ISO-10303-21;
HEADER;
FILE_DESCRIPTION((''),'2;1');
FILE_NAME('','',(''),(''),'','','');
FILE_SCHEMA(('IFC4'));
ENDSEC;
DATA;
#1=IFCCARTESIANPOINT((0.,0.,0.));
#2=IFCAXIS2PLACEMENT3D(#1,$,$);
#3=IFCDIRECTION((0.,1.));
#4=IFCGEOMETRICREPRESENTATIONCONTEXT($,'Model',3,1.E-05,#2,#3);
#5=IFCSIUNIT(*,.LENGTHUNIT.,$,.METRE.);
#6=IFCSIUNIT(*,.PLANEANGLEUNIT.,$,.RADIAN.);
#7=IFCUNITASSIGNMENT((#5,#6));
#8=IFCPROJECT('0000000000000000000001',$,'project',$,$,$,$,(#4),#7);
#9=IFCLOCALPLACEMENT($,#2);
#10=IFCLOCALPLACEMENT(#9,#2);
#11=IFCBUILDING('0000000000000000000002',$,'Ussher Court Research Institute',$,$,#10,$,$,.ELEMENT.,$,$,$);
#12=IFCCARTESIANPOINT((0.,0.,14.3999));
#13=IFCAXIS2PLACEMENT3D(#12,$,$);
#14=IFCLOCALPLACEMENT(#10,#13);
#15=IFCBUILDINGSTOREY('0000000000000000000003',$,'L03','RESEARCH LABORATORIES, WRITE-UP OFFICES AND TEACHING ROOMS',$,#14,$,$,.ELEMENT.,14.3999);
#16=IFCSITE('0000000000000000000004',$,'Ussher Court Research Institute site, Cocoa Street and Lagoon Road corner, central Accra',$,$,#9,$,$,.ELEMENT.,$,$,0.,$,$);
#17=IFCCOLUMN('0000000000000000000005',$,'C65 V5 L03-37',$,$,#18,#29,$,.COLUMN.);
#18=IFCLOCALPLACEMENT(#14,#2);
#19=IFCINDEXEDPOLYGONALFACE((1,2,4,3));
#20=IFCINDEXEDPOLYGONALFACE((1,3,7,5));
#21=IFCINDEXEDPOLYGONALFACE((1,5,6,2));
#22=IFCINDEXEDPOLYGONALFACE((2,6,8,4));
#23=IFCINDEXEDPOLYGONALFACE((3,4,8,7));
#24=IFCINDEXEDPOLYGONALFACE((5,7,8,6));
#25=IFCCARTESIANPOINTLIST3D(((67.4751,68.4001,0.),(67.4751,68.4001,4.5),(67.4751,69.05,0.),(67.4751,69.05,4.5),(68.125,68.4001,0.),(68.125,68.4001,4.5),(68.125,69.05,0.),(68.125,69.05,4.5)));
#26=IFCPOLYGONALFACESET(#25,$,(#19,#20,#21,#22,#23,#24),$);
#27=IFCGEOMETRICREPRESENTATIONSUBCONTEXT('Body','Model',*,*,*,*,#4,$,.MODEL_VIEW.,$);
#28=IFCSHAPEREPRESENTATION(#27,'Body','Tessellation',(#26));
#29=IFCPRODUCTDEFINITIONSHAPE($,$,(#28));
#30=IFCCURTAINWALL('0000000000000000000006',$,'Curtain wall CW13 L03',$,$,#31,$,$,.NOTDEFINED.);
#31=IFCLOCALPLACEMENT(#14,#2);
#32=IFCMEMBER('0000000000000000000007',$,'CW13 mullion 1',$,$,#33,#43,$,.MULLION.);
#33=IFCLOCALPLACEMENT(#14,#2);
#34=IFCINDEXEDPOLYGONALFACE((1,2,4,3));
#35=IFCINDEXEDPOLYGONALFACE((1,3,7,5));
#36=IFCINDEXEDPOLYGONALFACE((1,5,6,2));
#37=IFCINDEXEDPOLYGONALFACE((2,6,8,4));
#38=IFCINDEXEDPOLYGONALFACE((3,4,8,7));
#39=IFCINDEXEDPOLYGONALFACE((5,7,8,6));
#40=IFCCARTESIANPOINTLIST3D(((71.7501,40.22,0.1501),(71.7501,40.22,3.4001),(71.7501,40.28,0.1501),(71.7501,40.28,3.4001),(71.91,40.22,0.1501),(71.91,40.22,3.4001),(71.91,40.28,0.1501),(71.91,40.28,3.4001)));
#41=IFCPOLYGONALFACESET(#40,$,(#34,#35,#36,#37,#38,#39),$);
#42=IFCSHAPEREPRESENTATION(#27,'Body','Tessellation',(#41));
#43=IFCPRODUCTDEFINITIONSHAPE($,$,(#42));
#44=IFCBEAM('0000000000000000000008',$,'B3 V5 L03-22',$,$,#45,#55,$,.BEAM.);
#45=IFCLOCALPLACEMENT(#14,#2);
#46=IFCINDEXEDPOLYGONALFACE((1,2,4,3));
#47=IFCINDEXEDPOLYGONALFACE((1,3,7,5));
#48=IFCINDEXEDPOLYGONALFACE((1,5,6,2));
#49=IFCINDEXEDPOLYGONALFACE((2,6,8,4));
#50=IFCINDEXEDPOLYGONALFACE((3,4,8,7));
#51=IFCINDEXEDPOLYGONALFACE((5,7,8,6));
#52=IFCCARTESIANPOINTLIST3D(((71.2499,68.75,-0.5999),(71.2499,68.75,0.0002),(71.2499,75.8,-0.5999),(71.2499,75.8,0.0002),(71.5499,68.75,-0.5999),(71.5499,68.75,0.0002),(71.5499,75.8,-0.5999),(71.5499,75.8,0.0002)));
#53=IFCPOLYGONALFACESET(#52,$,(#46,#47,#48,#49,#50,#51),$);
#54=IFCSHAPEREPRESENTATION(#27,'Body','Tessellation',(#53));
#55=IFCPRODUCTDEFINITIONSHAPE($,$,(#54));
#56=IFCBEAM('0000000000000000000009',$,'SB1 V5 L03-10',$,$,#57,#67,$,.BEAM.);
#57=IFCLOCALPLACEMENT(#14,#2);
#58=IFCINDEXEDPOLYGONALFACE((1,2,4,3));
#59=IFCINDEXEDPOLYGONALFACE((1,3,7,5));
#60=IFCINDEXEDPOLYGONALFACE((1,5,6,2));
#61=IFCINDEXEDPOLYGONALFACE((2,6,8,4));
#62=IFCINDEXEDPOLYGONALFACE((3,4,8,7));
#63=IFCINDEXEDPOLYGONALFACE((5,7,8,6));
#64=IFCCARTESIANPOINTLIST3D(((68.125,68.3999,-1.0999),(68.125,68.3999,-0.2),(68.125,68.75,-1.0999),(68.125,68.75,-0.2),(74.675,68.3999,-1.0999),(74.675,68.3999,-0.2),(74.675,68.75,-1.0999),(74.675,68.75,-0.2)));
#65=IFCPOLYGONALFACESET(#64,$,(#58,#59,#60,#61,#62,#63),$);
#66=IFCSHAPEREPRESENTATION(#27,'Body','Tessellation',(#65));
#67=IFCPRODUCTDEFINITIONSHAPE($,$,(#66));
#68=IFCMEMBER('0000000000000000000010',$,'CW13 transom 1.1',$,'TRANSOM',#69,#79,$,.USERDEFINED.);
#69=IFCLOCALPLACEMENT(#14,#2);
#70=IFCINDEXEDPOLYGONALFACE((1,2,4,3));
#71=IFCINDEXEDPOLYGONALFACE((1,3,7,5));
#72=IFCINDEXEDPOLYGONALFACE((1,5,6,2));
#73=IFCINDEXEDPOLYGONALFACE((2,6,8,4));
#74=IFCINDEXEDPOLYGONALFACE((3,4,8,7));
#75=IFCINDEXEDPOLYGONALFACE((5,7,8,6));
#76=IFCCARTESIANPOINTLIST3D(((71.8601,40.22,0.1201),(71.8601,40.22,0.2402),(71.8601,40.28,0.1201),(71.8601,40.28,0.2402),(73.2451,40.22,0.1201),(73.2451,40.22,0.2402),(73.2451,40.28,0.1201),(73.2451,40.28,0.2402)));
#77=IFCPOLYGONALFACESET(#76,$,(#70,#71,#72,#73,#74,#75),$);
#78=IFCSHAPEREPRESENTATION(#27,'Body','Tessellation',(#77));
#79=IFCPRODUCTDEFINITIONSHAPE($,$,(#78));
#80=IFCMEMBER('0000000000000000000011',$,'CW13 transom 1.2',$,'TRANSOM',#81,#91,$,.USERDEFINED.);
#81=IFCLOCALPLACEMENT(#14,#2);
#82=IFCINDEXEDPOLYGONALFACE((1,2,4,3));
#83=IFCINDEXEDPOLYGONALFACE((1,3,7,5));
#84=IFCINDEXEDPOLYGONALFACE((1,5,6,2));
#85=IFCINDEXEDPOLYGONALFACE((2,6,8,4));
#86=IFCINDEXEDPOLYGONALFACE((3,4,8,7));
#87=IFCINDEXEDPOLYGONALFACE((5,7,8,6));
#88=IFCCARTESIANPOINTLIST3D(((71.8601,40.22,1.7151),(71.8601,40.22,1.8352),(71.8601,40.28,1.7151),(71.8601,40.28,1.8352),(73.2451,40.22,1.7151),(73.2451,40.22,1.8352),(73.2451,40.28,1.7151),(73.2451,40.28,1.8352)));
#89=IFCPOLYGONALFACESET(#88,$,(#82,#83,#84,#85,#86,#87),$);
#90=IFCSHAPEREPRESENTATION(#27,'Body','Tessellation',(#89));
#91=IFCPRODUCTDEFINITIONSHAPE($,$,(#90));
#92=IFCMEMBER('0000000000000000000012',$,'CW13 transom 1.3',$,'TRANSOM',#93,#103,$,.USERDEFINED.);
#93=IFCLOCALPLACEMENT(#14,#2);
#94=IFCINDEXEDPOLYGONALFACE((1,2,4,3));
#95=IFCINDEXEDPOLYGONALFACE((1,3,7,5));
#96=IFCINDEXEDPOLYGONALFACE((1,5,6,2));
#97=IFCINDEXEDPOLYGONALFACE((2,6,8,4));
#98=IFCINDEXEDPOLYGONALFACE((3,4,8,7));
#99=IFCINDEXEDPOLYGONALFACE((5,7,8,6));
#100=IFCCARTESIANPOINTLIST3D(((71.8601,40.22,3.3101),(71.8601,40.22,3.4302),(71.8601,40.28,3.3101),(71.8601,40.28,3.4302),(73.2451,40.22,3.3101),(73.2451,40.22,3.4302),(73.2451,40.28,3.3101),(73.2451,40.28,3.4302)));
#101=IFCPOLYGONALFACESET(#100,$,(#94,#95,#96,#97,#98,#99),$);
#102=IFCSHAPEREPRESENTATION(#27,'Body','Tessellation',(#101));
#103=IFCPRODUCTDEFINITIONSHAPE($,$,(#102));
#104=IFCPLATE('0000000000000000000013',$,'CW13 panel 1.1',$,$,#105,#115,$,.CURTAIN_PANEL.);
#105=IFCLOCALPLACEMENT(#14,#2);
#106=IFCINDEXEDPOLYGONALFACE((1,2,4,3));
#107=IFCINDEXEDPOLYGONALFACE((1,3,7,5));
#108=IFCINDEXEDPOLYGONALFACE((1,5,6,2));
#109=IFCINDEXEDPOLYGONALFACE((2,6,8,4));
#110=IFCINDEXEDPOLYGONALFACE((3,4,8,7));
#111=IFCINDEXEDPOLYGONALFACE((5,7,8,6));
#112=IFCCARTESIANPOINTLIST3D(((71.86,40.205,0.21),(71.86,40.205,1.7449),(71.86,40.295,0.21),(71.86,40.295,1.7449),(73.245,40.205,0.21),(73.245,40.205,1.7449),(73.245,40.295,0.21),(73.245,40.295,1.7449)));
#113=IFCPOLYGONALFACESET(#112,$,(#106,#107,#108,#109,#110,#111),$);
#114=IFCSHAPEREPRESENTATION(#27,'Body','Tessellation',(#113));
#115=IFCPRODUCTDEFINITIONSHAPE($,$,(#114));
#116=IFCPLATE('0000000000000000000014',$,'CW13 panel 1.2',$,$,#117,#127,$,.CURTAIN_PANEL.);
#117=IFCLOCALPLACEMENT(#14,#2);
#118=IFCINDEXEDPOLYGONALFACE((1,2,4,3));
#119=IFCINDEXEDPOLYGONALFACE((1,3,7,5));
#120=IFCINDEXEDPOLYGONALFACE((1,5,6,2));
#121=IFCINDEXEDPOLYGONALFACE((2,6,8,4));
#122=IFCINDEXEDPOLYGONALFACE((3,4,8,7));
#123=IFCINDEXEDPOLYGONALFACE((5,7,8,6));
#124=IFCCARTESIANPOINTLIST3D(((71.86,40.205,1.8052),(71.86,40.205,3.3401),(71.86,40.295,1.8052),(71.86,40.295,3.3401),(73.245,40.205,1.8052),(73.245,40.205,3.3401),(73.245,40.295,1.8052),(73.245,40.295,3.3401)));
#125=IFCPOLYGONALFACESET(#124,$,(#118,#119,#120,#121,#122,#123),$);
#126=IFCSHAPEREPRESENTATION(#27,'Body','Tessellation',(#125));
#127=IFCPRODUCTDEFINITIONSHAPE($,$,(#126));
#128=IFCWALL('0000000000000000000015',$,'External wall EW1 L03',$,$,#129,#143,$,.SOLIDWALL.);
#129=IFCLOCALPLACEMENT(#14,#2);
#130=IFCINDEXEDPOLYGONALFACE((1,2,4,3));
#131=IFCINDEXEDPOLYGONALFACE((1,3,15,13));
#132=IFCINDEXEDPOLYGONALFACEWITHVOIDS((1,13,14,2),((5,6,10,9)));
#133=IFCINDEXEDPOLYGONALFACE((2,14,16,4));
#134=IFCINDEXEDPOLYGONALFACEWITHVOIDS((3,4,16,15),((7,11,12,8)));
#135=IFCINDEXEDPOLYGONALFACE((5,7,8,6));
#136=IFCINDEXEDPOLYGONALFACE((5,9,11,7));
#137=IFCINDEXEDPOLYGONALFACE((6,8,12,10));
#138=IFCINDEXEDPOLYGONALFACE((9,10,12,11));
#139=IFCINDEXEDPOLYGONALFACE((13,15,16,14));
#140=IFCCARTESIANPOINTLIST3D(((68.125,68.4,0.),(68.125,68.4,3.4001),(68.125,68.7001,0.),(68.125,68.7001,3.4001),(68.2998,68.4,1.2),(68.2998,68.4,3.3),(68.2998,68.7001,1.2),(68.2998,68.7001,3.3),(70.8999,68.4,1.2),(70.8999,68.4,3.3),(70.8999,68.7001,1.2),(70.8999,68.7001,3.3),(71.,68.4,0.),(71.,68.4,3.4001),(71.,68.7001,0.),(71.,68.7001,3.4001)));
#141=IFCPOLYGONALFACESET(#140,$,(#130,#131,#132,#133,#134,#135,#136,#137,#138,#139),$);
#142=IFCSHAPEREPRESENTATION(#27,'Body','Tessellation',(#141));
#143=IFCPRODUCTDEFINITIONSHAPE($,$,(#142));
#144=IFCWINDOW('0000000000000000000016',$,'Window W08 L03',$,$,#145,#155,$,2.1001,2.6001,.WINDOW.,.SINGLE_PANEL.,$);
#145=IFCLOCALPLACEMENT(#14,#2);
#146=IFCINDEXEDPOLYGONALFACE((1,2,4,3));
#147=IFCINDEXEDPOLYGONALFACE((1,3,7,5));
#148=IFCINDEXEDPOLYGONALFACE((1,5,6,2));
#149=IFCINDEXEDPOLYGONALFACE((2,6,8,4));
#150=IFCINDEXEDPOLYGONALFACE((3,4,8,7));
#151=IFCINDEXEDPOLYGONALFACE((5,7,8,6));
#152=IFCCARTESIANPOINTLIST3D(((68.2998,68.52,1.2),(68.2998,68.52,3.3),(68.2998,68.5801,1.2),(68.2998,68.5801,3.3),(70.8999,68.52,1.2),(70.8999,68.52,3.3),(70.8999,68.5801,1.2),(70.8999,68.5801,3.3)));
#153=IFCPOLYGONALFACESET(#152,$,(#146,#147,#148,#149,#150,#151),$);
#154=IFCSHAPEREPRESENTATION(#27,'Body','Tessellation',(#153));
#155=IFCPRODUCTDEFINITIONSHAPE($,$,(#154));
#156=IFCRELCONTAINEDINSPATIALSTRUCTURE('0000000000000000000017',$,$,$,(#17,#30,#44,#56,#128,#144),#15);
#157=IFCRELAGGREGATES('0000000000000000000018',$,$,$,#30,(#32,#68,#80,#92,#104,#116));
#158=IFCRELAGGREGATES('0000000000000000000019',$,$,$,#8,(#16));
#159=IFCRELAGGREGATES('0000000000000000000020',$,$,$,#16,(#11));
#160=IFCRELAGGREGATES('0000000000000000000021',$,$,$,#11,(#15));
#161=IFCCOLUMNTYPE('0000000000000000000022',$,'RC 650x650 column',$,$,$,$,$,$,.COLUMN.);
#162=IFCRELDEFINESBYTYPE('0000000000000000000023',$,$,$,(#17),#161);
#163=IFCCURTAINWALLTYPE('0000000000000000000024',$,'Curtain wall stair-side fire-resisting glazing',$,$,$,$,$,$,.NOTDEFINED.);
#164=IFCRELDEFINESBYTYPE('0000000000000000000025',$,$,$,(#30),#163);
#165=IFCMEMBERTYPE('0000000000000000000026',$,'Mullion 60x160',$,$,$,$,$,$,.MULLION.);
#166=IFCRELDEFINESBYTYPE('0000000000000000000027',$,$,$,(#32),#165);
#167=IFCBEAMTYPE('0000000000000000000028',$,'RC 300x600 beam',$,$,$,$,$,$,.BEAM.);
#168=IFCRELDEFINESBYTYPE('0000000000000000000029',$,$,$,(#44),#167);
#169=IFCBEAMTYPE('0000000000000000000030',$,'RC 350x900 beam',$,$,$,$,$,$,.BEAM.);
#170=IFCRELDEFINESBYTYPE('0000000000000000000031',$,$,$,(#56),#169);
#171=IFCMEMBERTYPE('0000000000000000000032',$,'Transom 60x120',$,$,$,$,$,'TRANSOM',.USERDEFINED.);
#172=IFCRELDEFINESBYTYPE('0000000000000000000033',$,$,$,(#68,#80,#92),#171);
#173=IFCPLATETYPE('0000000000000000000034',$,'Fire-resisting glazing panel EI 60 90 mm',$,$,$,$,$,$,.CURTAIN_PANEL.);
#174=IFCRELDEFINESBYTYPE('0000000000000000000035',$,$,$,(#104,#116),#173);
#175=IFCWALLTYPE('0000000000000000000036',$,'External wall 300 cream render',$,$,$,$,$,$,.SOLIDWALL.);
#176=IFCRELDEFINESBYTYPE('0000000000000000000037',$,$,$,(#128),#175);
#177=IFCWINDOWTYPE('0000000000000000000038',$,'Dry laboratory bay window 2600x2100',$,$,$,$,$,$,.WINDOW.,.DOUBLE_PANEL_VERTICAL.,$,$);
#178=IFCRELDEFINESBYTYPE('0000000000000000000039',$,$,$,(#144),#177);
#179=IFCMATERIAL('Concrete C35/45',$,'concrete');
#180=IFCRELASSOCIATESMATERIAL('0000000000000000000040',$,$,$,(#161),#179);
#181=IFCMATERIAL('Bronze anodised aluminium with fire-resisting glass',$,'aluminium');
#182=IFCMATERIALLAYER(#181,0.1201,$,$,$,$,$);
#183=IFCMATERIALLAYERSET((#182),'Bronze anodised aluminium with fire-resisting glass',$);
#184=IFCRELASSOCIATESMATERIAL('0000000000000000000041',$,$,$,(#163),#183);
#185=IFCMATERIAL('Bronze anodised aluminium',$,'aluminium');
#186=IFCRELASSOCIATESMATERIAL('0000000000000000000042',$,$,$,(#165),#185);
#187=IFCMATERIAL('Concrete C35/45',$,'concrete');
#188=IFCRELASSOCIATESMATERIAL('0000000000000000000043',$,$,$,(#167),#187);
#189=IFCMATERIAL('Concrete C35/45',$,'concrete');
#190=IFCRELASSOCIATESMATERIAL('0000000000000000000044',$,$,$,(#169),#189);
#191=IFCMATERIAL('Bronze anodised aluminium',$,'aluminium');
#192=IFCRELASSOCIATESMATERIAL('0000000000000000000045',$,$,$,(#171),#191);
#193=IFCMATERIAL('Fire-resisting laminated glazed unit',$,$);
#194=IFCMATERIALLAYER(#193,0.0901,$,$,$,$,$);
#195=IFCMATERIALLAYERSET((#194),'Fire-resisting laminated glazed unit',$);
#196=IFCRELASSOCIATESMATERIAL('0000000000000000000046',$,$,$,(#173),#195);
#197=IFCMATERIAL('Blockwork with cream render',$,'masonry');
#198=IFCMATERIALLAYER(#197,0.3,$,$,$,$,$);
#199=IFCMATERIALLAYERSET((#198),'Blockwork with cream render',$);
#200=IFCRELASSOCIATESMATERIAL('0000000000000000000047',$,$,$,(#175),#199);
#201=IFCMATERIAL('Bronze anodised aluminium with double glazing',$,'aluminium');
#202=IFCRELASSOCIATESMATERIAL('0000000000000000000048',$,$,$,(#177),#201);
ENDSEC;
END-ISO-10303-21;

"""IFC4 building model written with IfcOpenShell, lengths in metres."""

from ifc_helpers import new_model, si_unit, direction, frame, frame_2d, origin, origin_2d, place, context, subcontext, project, spatial, rectangle, extrude, material, layer, layer_set, material_profile, profile_set, type_object, element, fill, aggregate, save


model = new_model("IFC4")

# Units and contexts
model_context = context("Model", 3, precision=1e-05, world=origin(), true_north=direction((0.0, 1.0)))
body_context = subcontext(model_context, "Body", "Model", "MODEL_VIEW")
ifc_project = project(units=[si_unit("LENGTHUNIT", "METRE"), si_unit("PLANEANGLEUNIT", "RADIAN")], contexts=[model_context])

# Site, building, storey
site_placement = place(None, origin())
site = spatial("IfcSite", under=ifc_project, at=site_placement, Name="Ussher Court Research Institute site, Cocoa Street and Lagoon Road corner, central Accra", CompositionType="ELEMENT", RefElevation=0.0)
building_placement = place(site_placement, origin())
building = spatial("IfcBuilding", under=site, at=building_placement, Name="Ussher Court Research Institute", CompositionType="ELEMENT")
storey_placement = place(building_placement, frame((0.0, 0.0, 14.3999)))
storey = spatial("IfcBuildingStorey", under=building, at=storey_placement, Name="L03", Description="RESEARCH LABORATORIES, WRITE-UP OFFICES AND TEACHING ROOMS", CompositionType="ELEMENT", Elevation=14.3999)

# Column
ifc_material_1 = material(Name="Concrete C35/45", Category="concrete")
ifc_material_profile_1 = material_profile(ifc_material_1, rectangle(XDim=0.6499, YDim=0.6499, at=origin_2d()), Name="RC 650x650")
ifc_profile_set_1 = profile_set([ifc_material_profile_1], Name="Concrete C35/45")
column_type = type_object("IfcColumnType", Name="RC 650x650 column", PredefinedType="COLUMN", material=ifc_profile_set_1)
column_placement = place(storey_placement, frame((67.8, 68.7251, 0.0), z_axis=(0.0, 0.0, 1.0), x_axis=(1.0, 0.0, 0.0)))
element("IfcColumn", 1, at=column_placement, inside=storey, type_object=column_type, Name="C65 V5 L03-37", PredefinedType="COLUMN", context=body_context, shape_type="SweptSolid", body=[
    extrude(rectangle(XDim=0.6499, YDim=0.6499, at=origin_2d()), origin(), (0.0, 0.0, 1.0), 4.5),
])

# Curtain wall, member
ifc_material_2 = material(Name="Bronze anodised aluminium with fire-resisting glass", Category="aluminium")
ifc_layer_1 = layer(ifc_material_2, 0.1201)
ifc_layer_set_1 = layer_set([ifc_layer_1], Name="Bronze anodised aluminium with fire-resisting glass")
curtain_wall_type = type_object("IfcCurtainWallType", Name="Curtain wall stair-side fire-resisting glazing", PredefinedType="NOTDEFINED", material=ifc_layer_set_1)
curtain_wall_placement = place(storey_placement, origin())
curtain_wall = element("IfcCurtainWall", 2, at=curtain_wall_placement, inside=storey, type_object=curtain_wall_type, Name="Curtain wall CW13 L03", PredefinedType="NOTDEFINED")
ifc_material_3 = material(Name="Bronze anodised aluminium", Category="aluminium")
ifc_material_profile_2 = material_profile(ifc_material_3, rectangle(XDim=0.0601, YDim=0.1599, at=origin_2d()), Name="Mullion 60x160")
ifc_profile_set_2 = profile_set([ifc_material_profile_2], Name="Bronze anodised aluminium")
member_type_1 = type_object("IfcMemberType", Name="Mullion 60x160", PredefinedType="MULLION", material=ifc_profile_set_2)
member_1_placement = place(storey_placement, frame((71.8301, 40.25, 0.1501), z_axis=(0.0, 0.0, 1.0), x_axis=(0.0, 1.0, 0.0)))
member_1 = element("IfcMember", 3, at=member_1_placement, type_object=member_type_1, Name="CW13 mullion 1", PredefinedType="MULLION", context=body_context, shape_type="SweptSolid", body=[
    extrude(rectangle(XDim=0.0601, YDim=0.1599, at=origin_2d()), origin(), (0.0, 0.0, 1.0), 3.25),
])

# Beams
ifc_material_4 = material(Name="Concrete C35/45", Category="concrete")
ifc_material_profile_3 = material_profile(ifc_material_4, rectangle(XDim=0.3, YDim=0.6001, at=origin_2d()), Name="RC 300x600")
ifc_profile_set_3 = profile_set([ifc_material_profile_3], Name="Concrete C35/45")
beam_type_1 = type_object("IfcBeamType", Name="RC 300x600 beam", PredefinedType="BEAM", material=ifc_profile_set_3)
beam_1_placement = place(storey_placement, frame((71.3999, 68.75, -0.2998), z_axis=(0.0, 1.0, 0.0), x_axis=(-1.0, 0.0, 0.0)))
element("IfcBeam", 4, at=beam_1_placement, inside=storey, type_object=beam_type_1, Name="B3 V5 L03-22", PredefinedType="BEAM", context=body_context, shape_type="SweptSolid", body=[
    extrude(rectangle(XDim=0.3, YDim=0.6001, at=origin_2d()), origin(), (0.0, 0.0, 1.0), 7.05),
])
ifc_material_5 = material(Name="Concrete C35/45", Category="concrete")
ifc_material_profile_4 = material_profile(ifc_material_5, rectangle(XDim=0.3501, YDim=0.8999, at=origin_2d()), Name="RC 350x900")
ifc_profile_set_4 = profile_set([ifc_material_profile_4], Name="Concrete C35/45")
beam_type_2 = type_object("IfcBeamType", Name="RC 350x900 beam", PredefinedType="BEAM", material=ifc_profile_set_4)
beam_2_placement = place(storey_placement, frame((68.125, 68.575, -0.6499), z_axis=(1.0, 0.0, 0.0), x_axis=(0.0, 1.0, 0.0)))
element("IfcBeam", 5, at=beam_2_placement, inside=storey, type_object=beam_type_2, Name="SB1 V5 L03-10", PredefinedType="BEAM", context=body_context, shape_type="SweptSolid", body=[
    extrude(rectangle(XDim=0.3501, YDim=0.8999, at=origin_2d()), origin(), (0.0, 0.0, 1.0), 6.55),
])

# Members
ifc_material_6 = material(Name="Bronze anodised aluminium", Category="aluminium")
ifc_material_profile_5 = material_profile(ifc_material_6, rectangle(XDim=0.0601, YDim=0.1201, at=origin_2d()), Name="Transom 60x120")
ifc_profile_set_5 = profile_set([ifc_material_profile_5], Name="Bronze anodised aluminium")
member_type_2 = type_object("IfcMemberType", Name="Transom 60x120", ElementType="TRANSOM", PredefinedType="USERDEFINED", material=ifc_profile_set_5)
member_2_placement = place(storey_placement, frame((71.8601, 40.25, 0.1802), z_axis=(1.0, 0.0, 0.0), x_axis=(0.0, 1.0, 0.0)))
member_2 = element("IfcMember", 6, at=member_2_placement, type_object=member_type_2, Name="CW13 transom 1.1", ObjectType="TRANSOM", PredefinedType="USERDEFINED", context=body_context, shape_type="SweptSolid", body=[
    extrude(rectangle(XDim=0.0601, YDim=0.1201, at=origin_2d()), origin(), (0.0, 0.0, 1.0), 1.385),
])
member_3_placement = place(storey_placement, frame((71.8601, 40.25, 1.7751), z_axis=(1.0, 0.0, 0.0), x_axis=(0.0, 1.0, 0.0)))
member_3 = element("IfcMember", 7, at=member_3_placement, type_object=member_type_2, Name="CW13 transom 1.2", ObjectType="TRANSOM", PredefinedType="USERDEFINED", context=body_context, shape_type="SweptSolid", body=[
    extrude(rectangle(XDim=0.0601, YDim=0.1201, at=origin_2d()), origin(), (0.0, 0.0, 1.0), 1.385),
])
member_4_placement = place(storey_placement, frame((71.8601, 40.25, 3.3701), z_axis=(1.0, 0.0, 0.0), x_axis=(0.0, 1.0, 0.0)))
member_4 = element("IfcMember", 8, at=member_4_placement, type_object=member_type_2, Name="CW13 transom 1.3", ObjectType="TRANSOM", PredefinedType="USERDEFINED", context=body_context, shape_type="SweptSolid", body=[
    extrude(rectangle(XDim=0.0601, YDim=0.1201, at=origin_2d()), origin(), (0.0, 0.0, 1.0), 1.385),
])

# Plates
ifc_material_7 = material(Name="Fire-resisting laminated glazed unit")
ifc_layer_2 = layer(ifc_material_7, 0.0901)
ifc_layer_set_2 = layer_set([ifc_layer_2], Name="Fire-resisting laminated glazed unit")
plate_type = type_object("IfcPlateType", Name="Fire-resisting glazing panel EI 60 90 mm", PredefinedType="CURTAIN_PANEL", material=ifc_layer_set_2)
plate_1_placement = place(storey_placement, frame((72.5525, 40.25, 0.21), z_axis=(0.0, 0.0, 1.0), x_axis=(1.0, 0.0, 0.0)))
plate_1 = element("IfcPlate", 9, at=plate_1_placement, type_object=plate_type, Name="CW13 panel 1.1", PredefinedType="CURTAIN_PANEL", context=body_context, shape_type="SweptSolid", body=[
    extrude(rectangle(XDim=1.385, YDim=0.0901, at=origin_2d()), origin(), (0.0, 0.0, 1.0), 1.5349),
])
plate_2_placement = place(storey_placement, frame((72.5525, 40.25, 1.8052), z_axis=(0.0, 0.0, 1.0), x_axis=(1.0, 0.0, 0.0)))
plate_2 = element("IfcPlate", 10, at=plate_2_placement, type_object=plate_type, Name="CW13 panel 1.2", PredefinedType="CURTAIN_PANEL", context=body_context, shape_type="SweptSolid", body=[
    extrude(rectangle(XDim=1.385, YDim=0.0901, at=origin_2d()), origin(), (0.0, 0.0, 1.0), 1.5349),
])
aggregate(curtain_wall, [member_1, member_2, member_3, member_4, plate_1, plate_2])

# Wall, opening, window
ifc_material_8 = material(Name="Blockwork with cream render", Category="masonry")
ifc_layer_3 = layer(ifc_material_8, 0.3)
ifc_layer_set_3 = layer_set([ifc_layer_3], Name="Blockwork with cream render")
wall_type_1 = type_object("IfcWallType", Name="External wall 300 cream render", PredefinedType="SOLIDWALL", material=ifc_layer_set_3)
wall_1_placement = place(storey_placement, frame((71.0, 68.55, 0.0), z_axis=(0.0, 0.0, 1.0), x_axis=(-1.0, 0.0, 0.0)))
wall_1 = element("IfcWall", 11, at=wall_1_placement, inside=storey, type_object=wall_type_1, Name="External wall EW1 L03", PredefinedType="SOLIDWALL", context=body_context, shape_type="SweptSolid", body=[
    extrude(rectangle(XDim=2.875, YDim=0.3, at=frame_2d((1.4375, 0.0))), origin(), (0.0, 0.0, 1.0), 3.4001),
])
opening_1_placement = place(wall_1_placement, frame((0.1001, 0.0, 1.2)))
opening_1 = element("IfcOpeningElement", 12, at=opening_1_placement, cuts=wall_1, PredefinedType="OPENING", context=body_context, shape_type="SweptSolid", body=[
    extrude(rectangle(XDim=2.6001, YDim=2.1001, at=frame_2d((1.3, 1.05))), frame((0.0, 0.1602, 0.0), z_axis=(0.0, -1.0, 0.0), x_axis=(1.0, 0.0, 0.0)), (0.0, 0.0, 1.0), 0.3201),
])
ifc_material_9 = material(Name="Bronze anodised aluminium with double glazing", Category="aluminium")
window_type = type_object("IfcWindowType", Name="Dry laboratory bay window 2600x2100", PartitioningType="DOUBLE_PANEL_VERTICAL", PredefinedType="WINDOW", material=ifc_material_9)
window_1_placement = place(opening_1_placement, origin())
window_1 = element("IfcWindow", 13, at=window_1_placement, inside=storey, type_object=window_type, Name="Window W08 L03", OverallHeight=2.1001, OverallWidth=2.6001, PartitioningType="SINGLE_PANEL", PredefinedType="WINDOW", context=body_context, shape_type="SweptSolid", body=[
    extrude(rectangle(XDim=2.6001, YDim=2.1001, at=frame_2d((1.3, 1.05))), frame((0.0, 0.03, 0.0), z_axis=(0.0, -1.0, 0.0), x_axis=(1.0, 0.0, 0.0)), (0.0, 0.0, 1.0), 0.0601),
])
fill(opening_1, window_1)

save(model, "model.ifc")
